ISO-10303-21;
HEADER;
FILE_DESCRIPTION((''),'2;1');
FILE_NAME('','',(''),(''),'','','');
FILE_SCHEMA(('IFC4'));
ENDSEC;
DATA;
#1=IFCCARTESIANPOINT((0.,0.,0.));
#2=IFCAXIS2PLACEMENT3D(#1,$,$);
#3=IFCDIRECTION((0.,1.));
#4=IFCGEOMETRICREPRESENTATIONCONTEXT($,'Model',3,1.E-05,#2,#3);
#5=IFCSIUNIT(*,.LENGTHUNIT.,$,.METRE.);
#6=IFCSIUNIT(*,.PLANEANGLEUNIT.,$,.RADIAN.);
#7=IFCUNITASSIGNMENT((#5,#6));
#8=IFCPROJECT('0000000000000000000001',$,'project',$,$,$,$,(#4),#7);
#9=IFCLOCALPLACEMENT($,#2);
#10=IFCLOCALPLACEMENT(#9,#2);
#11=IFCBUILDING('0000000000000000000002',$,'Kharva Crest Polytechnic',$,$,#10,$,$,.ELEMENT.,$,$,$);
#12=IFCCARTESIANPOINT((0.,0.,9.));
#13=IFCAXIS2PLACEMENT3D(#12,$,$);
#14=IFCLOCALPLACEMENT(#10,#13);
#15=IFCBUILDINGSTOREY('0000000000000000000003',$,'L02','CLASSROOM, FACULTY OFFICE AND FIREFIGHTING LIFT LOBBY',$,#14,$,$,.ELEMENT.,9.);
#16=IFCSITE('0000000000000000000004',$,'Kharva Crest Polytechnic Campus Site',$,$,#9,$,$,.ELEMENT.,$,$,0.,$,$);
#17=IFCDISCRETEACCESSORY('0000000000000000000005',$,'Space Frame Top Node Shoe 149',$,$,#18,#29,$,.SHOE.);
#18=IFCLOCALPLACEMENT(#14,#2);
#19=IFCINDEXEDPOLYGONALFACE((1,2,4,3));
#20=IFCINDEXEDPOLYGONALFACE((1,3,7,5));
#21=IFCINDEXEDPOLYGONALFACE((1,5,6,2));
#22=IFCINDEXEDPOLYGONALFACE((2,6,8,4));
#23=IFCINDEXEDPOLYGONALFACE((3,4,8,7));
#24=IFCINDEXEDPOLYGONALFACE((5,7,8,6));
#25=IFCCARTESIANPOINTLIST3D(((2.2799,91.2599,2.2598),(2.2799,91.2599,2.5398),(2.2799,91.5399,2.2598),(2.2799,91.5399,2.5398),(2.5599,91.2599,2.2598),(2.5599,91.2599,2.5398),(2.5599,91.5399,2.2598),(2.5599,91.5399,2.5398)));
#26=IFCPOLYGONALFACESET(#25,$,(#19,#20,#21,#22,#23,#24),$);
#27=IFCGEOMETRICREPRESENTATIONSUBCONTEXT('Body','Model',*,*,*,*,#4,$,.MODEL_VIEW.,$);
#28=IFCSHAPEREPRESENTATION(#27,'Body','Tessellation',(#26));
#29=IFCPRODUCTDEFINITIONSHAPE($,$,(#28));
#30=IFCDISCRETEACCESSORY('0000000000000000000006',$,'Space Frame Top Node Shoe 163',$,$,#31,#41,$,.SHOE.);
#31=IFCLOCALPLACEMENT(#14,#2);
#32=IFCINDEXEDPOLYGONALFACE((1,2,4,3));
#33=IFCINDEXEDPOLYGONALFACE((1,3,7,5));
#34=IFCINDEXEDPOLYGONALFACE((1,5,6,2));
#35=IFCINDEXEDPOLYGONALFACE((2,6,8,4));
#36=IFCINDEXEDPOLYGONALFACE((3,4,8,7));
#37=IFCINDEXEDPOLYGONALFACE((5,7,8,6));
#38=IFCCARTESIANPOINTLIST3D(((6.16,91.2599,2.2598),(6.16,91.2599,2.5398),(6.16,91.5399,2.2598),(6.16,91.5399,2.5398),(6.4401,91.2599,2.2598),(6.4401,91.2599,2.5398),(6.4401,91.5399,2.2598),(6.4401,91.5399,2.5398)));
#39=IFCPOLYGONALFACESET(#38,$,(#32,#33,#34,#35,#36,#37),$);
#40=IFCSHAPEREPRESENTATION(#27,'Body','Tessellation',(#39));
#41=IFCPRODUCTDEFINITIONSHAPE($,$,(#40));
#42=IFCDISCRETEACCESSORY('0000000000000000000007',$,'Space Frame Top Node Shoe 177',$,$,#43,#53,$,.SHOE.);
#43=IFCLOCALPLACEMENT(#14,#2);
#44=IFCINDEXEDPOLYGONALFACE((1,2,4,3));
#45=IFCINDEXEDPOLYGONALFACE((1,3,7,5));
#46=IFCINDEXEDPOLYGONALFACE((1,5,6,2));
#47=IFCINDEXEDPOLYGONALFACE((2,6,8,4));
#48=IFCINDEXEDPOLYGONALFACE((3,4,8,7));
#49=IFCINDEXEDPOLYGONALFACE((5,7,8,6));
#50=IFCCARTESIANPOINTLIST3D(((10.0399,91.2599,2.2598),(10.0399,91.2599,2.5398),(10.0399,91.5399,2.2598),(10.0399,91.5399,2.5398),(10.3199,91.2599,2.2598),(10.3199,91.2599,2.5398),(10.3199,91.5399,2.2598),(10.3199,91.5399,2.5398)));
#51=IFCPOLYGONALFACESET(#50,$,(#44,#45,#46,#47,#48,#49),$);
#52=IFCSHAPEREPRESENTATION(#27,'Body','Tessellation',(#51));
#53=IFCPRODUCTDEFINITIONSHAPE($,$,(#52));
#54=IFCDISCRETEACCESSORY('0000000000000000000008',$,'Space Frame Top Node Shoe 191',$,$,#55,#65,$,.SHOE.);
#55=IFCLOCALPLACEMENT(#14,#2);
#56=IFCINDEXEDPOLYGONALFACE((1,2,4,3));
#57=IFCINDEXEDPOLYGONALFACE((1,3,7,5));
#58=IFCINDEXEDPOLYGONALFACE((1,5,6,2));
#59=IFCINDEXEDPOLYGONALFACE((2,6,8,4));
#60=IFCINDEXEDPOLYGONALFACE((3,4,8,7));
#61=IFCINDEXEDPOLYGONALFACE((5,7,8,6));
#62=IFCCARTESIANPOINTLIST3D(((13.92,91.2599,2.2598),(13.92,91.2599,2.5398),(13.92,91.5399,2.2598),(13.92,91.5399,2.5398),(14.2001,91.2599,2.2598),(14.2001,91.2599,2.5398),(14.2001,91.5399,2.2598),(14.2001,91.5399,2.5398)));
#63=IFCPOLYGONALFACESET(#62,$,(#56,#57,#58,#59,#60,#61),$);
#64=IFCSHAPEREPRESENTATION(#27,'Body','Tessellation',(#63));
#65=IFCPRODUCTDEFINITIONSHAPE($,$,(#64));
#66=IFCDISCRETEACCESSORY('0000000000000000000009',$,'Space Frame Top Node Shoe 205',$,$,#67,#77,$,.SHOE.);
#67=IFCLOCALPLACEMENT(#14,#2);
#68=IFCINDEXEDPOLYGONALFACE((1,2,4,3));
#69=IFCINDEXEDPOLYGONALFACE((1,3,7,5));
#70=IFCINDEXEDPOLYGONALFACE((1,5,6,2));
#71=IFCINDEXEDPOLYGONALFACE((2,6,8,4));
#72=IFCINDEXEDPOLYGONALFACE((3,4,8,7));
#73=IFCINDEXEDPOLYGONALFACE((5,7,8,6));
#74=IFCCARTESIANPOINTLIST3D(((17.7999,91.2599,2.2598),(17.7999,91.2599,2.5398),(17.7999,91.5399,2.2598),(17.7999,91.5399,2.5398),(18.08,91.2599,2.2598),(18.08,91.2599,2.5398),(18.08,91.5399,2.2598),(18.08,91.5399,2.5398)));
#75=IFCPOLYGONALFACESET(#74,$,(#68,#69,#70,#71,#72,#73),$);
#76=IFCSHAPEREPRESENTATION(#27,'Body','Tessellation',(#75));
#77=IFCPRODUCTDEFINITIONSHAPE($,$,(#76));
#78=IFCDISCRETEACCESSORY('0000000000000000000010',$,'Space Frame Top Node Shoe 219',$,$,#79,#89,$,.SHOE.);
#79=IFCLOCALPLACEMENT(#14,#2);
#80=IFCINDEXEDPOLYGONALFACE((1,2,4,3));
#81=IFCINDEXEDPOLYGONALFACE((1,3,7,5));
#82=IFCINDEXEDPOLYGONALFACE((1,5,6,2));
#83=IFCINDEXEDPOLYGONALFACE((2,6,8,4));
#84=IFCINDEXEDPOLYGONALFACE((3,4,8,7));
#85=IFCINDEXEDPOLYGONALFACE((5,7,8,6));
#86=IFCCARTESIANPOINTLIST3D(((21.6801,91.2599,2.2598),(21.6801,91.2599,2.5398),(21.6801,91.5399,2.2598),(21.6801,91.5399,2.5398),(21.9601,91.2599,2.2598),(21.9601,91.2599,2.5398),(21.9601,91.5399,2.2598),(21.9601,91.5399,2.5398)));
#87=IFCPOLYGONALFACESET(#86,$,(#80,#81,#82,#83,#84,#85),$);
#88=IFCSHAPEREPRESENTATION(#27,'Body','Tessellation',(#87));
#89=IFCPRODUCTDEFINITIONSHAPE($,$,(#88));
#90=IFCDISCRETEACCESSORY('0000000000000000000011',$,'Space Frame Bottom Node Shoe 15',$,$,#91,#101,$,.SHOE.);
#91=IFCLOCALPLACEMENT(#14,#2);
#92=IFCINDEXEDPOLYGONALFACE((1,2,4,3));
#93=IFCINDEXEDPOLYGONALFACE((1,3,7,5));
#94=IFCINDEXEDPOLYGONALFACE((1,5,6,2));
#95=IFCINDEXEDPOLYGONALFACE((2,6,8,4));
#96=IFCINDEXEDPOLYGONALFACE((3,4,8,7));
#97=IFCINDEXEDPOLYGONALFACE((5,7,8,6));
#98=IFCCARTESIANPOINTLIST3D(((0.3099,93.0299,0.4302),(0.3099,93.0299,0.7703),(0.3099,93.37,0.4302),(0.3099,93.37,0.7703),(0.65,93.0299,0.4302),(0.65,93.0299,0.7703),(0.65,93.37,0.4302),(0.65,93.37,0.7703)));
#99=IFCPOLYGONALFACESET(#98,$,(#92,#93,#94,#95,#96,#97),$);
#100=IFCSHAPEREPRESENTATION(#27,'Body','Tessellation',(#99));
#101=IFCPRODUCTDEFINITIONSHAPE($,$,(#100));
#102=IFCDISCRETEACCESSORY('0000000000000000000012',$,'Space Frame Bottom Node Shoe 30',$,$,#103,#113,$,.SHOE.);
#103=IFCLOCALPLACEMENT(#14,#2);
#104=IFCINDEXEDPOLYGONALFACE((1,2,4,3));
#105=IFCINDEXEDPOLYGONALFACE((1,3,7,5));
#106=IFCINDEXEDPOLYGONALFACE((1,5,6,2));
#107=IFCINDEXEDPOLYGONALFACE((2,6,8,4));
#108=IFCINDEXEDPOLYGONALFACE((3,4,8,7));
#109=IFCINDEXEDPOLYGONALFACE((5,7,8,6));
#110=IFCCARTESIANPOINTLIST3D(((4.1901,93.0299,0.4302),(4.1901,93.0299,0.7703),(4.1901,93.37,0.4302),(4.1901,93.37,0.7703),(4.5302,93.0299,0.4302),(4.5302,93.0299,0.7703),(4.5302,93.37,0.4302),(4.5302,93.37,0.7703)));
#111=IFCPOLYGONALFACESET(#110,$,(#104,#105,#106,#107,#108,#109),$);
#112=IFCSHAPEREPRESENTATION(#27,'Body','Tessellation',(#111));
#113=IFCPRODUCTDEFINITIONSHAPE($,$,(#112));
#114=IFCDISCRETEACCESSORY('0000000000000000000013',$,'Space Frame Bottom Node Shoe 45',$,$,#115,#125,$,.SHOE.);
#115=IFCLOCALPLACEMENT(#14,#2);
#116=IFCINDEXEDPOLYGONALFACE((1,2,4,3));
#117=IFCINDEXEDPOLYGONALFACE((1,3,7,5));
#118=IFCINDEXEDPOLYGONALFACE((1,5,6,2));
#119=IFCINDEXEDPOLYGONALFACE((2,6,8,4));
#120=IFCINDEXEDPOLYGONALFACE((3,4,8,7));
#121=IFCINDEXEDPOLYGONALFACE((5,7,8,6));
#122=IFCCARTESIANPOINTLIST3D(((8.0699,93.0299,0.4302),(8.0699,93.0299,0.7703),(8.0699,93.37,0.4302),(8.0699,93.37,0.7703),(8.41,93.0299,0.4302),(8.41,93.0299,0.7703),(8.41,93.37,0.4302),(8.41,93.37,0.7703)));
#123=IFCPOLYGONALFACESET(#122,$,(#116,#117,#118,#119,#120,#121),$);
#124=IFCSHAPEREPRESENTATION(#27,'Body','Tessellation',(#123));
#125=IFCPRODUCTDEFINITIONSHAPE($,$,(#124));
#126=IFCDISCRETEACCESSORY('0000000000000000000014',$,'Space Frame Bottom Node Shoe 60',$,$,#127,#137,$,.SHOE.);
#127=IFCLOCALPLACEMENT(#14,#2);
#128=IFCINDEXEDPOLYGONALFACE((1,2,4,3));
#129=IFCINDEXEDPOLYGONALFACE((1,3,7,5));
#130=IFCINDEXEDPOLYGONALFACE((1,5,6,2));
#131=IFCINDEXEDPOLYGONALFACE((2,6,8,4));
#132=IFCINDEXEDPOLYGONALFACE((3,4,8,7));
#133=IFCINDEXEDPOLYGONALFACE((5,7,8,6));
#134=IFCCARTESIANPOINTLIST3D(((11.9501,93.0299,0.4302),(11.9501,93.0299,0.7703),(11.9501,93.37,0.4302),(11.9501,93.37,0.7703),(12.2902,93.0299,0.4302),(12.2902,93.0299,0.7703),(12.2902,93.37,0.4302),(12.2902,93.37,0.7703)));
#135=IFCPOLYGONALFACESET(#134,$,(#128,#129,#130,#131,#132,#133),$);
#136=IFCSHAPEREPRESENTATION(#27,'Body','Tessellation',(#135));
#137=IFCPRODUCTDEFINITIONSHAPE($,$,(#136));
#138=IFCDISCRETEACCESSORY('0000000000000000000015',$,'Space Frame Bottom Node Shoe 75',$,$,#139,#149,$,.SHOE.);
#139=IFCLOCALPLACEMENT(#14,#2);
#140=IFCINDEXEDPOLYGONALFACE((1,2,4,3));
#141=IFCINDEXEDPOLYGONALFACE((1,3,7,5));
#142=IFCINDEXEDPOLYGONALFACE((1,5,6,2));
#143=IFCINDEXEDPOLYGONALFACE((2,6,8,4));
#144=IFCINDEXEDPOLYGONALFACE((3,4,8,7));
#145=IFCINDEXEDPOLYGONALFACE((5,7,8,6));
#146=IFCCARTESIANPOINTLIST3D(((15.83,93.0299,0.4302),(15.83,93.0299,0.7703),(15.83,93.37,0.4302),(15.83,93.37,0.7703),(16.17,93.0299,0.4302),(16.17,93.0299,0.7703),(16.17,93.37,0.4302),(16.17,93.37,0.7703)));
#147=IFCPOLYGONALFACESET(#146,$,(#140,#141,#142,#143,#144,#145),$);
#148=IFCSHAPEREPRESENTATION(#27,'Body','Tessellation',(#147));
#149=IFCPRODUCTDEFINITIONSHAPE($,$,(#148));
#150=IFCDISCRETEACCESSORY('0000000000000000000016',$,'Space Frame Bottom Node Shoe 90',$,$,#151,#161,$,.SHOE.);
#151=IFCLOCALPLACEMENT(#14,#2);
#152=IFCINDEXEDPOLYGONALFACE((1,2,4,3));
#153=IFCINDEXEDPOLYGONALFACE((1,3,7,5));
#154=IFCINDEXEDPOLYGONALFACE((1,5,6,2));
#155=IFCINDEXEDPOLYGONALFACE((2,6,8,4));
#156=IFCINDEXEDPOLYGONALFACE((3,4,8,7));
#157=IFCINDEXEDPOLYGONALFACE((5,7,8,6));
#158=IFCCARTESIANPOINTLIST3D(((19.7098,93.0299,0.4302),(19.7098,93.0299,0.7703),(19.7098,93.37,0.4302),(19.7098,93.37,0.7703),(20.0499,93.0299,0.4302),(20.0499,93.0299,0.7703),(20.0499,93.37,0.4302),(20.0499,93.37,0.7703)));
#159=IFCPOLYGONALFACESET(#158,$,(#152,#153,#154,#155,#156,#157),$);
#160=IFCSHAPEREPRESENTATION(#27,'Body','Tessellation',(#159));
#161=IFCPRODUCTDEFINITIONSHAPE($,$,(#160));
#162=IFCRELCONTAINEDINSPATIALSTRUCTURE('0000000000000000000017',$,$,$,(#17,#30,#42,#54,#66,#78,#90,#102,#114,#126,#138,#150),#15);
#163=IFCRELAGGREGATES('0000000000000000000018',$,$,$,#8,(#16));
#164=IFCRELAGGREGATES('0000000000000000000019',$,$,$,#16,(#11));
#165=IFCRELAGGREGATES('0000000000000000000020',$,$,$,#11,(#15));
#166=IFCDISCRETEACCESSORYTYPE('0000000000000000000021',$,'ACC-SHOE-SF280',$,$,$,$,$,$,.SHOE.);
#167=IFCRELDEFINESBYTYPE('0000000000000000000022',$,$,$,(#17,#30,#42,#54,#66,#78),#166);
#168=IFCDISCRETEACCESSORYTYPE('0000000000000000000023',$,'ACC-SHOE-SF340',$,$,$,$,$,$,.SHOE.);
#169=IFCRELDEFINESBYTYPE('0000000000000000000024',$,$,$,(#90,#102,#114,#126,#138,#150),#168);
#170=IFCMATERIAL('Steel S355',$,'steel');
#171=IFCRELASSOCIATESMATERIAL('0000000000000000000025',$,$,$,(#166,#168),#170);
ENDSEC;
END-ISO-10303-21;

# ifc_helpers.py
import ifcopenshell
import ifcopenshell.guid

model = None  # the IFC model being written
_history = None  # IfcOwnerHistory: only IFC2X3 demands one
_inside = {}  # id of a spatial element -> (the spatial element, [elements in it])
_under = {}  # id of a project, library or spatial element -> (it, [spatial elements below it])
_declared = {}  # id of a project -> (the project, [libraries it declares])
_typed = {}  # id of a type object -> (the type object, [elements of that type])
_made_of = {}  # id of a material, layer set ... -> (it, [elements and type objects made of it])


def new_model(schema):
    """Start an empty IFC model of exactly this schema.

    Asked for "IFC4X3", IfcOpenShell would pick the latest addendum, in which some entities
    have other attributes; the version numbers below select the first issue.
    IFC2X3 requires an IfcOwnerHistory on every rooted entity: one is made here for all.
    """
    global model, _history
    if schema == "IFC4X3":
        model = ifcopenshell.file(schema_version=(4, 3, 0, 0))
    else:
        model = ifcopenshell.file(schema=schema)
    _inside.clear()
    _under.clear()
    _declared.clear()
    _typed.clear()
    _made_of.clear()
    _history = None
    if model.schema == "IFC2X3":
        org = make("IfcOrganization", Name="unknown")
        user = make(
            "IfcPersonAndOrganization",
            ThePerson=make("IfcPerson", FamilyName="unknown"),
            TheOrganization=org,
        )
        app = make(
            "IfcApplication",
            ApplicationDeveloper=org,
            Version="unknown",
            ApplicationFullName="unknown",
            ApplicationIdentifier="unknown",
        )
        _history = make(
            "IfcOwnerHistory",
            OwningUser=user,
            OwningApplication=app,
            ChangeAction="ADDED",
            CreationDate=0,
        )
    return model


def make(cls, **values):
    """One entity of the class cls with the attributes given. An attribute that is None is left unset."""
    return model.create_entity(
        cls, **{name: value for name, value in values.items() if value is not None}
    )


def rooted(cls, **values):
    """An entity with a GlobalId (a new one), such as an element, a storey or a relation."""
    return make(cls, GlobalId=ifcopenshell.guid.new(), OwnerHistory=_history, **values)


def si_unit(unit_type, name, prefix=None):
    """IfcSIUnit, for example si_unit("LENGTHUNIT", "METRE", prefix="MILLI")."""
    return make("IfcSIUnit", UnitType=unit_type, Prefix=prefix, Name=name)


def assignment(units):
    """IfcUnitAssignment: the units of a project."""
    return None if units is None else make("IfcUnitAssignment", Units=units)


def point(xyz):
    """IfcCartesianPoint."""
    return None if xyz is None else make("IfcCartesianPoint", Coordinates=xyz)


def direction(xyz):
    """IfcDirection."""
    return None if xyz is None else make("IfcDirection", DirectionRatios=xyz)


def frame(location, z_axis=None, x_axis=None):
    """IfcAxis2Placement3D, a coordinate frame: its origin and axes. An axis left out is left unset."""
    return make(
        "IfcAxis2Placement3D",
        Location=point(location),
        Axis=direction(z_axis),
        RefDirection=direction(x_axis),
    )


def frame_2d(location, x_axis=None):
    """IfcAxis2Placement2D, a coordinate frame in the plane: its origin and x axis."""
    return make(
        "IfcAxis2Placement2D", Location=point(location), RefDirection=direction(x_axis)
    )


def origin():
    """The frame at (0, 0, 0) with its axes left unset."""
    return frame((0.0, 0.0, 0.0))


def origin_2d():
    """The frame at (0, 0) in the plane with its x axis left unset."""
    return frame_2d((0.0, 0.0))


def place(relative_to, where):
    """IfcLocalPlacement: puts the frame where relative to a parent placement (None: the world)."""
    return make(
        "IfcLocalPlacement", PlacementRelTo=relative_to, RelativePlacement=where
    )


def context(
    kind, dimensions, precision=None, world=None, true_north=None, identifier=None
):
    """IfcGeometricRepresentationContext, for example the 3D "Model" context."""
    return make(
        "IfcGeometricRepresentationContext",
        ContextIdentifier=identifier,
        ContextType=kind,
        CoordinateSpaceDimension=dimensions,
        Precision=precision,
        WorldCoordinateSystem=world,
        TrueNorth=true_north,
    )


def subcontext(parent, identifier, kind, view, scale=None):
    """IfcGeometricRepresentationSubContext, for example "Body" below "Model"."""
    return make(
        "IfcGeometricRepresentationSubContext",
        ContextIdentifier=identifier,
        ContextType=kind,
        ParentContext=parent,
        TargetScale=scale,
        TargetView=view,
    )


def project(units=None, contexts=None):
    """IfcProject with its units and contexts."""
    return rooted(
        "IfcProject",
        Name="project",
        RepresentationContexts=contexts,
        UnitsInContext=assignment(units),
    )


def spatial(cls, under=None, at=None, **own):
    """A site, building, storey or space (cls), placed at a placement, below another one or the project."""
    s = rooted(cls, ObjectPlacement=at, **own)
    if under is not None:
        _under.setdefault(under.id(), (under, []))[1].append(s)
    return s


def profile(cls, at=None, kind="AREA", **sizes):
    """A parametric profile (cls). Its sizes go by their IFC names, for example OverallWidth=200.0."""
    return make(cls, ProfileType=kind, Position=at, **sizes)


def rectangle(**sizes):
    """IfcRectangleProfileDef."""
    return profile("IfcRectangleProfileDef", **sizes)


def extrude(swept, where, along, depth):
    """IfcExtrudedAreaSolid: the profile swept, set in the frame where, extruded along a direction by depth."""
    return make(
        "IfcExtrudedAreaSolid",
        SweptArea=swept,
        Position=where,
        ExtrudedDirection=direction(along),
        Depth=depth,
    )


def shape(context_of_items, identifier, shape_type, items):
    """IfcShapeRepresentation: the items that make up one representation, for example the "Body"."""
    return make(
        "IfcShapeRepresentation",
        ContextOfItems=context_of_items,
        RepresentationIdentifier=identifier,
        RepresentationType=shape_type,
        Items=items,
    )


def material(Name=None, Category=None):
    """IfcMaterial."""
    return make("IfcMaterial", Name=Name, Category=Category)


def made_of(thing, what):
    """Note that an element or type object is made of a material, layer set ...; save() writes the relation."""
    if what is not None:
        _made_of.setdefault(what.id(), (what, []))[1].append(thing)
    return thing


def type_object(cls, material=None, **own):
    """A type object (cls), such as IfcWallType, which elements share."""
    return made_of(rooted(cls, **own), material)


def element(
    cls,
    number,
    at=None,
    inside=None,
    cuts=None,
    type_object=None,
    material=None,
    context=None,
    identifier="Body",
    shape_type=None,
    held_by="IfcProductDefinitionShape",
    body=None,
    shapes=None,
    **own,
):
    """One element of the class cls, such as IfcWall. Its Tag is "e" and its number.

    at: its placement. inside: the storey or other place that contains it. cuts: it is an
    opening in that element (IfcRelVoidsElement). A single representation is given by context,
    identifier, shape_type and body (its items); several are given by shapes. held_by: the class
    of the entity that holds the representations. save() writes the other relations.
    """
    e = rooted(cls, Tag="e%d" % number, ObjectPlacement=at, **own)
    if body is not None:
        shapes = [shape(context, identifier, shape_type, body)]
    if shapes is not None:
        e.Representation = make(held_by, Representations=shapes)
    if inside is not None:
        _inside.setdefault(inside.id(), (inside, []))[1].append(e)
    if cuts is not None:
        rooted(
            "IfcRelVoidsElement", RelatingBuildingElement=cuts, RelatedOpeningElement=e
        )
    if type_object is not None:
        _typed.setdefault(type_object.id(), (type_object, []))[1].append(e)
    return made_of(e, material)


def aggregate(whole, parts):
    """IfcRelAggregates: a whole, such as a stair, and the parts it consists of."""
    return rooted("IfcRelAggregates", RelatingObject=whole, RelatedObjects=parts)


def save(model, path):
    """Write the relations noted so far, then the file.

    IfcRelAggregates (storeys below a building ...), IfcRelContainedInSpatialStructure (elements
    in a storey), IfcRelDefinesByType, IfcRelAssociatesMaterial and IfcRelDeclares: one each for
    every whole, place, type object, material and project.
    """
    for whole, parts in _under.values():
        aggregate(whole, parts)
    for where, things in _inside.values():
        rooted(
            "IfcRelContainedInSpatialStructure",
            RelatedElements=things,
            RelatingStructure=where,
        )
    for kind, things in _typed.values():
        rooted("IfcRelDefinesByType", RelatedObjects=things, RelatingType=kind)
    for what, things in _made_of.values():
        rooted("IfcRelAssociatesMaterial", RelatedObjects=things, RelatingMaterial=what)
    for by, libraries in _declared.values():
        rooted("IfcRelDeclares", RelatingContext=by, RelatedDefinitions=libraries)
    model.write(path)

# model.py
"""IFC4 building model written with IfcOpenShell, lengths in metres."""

from ifc_helpers import new_model, si_unit, direction, frame, origin, origin_2d, place, context, subcontext, project, spatial, rectangle, extrude, material, type_object, element, save


model = new_model("IFC4")

# Units and contexts
model_context = context("Model", 3, precision=1e-05, world=origin(), true_north=direction((0.0, 1.0)))
body_context = subcontext(model_context, "Body", "Model", "MODEL_VIEW")
ifc_project = project(units=[si_unit("LENGTHUNIT", "METRE"), si_unit("PLANEANGLEUNIT", "RADIAN")], contexts=[model_context])

# Site, building, storey
site_placement = place(None, origin())
site = spatial("IfcSite", under=ifc_project, at=site_placement, Name="Kharva Crest Polytechnic Campus Site", CompositionType="ELEMENT", RefElevation=0.0)
building_placement = place(site_placement, origin())
building = spatial("IfcBuilding", under=site, at=building_placement, Name="Kharva Crest Polytechnic", CompositionType="ELEMENT")
storey_placement = place(building_placement, frame((0.0, 0.0, 9.0)))
storey = spatial("IfcBuildingStorey", under=building, at=storey_placement, Name="L02", Description="CLASSROOM, FACULTY OFFICE AND FIREFIGHTING LIFT LOBBY", CompositionType="ELEMENT", Elevation=9.0)

# Shared definitions
ifc_material = material(Name="Steel S355", Category="steel")

# Discrete accessories
discrete_accessory_type_1 = type_object("IfcDiscreteAccessoryType", Name="ACC-SHOE-SF280", PredefinedType="SHOE", material=ifc_material)
for number, where, z_axis, x_axis, name in (
    (1, (2.4199, 91.3999, 2.2598), (0.0, 0.0, 1.0), (1.0, 0.0, 0.0), "Space Frame Top Node Shoe 149"),
    (2, (6.3, 91.3999, 2.2598), (0.0, 0.0, 1.0), (1.0, 0.0, 0.0), "Space Frame Top Node Shoe 163"),
    (3, (10.1799, 91.3999, 2.2598), (0.0, 0.0, 1.0), (1.0, 0.0, 0.0), "Space Frame Top Node Shoe 177"),
    (4, (14.0601, 91.3999, 2.2598), (0.0, 0.0, 1.0), (1.0, 0.0, 0.0), "Space Frame Top Node Shoe 191"),
    (5, (17.9399, 91.3999, 2.2598), (0.0, 0.0, 1.0), (1.0, 0.0, 0.0), "Space Frame Top Node Shoe 205"),
    (6, (21.8201, 91.3999, 2.2598), (0.0, 0.0, 1.0), (1.0, 0.0, 0.0), "Space Frame Top Node Shoe 219"),
):
    element("IfcDiscreteAccessory", number, at=place(storey_placement, frame(where, z_axis=z_axis, x_axis=x_axis)), inside=storey, type_object=discrete_accessory_type_1, Name=name, PredefinedType="SHOE", context=body_context, shape_type="SweptSolid", body=[
        extrude(rectangle(XDim=0.28, YDim=0.28, at=origin_2d()), origin(), (0.0, 0.0, 1.0), 0.28),
    ])
discrete_accessory_type_2 = type_object("IfcDiscreteAccessoryType", Name="ACC-SHOE-SF340", PredefinedType="SHOE", material=ifc_material)
for number, where, z_axis, x_axis, name in (
    (7, (0.48, 93.2, 0.4302), (0.0, 0.0, 1.0), (1.0, 0.0, 0.0), "Space Frame Bottom Node Shoe 15"),
    (8, (4.3601, 93.2, 0.4302), (0.0, 0.0, 1.0), (1.0, 0.0, 0.0), "Space Frame Bottom Node Shoe 30"),
    (9, (8.24, 93.2, 0.4302), (0.0, 0.0, 1.0), (1.0, 0.0, 0.0), "Space Frame Bottom Node Shoe 45"),
    (10, (12.1201, 93.2, 0.4302), (0.0, 0.0, 1.0), (1.0, 0.0, 0.0), "Space Frame Bottom Node Shoe 60"),
    (11, (16.0, 93.2, 0.4302), (0.0, 0.0, 1.0), (1.0, 0.0, 0.0), "Space Frame Bottom Node Shoe 75"),
    (12, (19.8799, 93.2, 0.4302), (0.0, 0.0, 1.0), (1.0, 0.0, 0.0), "Space Frame Bottom Node Shoe 90"),
):
    element("IfcDiscreteAccessory", number, at=place(storey_placement, frame(where, z_axis=z_axis, x_axis=x_axis)), inside=storey, type_object=discrete_accessory_type_2, Name=name, PredefinedType="SHOE", context=body_context, shape_type="SweptSolid", body=[
        extrude(rectangle(XDim=0.3401, YDim=0.3401, at=origin_2d()), origin(), (0.0, 0.0, 1.0), 0.3401),
    ])

save(model, "model.ifc")
